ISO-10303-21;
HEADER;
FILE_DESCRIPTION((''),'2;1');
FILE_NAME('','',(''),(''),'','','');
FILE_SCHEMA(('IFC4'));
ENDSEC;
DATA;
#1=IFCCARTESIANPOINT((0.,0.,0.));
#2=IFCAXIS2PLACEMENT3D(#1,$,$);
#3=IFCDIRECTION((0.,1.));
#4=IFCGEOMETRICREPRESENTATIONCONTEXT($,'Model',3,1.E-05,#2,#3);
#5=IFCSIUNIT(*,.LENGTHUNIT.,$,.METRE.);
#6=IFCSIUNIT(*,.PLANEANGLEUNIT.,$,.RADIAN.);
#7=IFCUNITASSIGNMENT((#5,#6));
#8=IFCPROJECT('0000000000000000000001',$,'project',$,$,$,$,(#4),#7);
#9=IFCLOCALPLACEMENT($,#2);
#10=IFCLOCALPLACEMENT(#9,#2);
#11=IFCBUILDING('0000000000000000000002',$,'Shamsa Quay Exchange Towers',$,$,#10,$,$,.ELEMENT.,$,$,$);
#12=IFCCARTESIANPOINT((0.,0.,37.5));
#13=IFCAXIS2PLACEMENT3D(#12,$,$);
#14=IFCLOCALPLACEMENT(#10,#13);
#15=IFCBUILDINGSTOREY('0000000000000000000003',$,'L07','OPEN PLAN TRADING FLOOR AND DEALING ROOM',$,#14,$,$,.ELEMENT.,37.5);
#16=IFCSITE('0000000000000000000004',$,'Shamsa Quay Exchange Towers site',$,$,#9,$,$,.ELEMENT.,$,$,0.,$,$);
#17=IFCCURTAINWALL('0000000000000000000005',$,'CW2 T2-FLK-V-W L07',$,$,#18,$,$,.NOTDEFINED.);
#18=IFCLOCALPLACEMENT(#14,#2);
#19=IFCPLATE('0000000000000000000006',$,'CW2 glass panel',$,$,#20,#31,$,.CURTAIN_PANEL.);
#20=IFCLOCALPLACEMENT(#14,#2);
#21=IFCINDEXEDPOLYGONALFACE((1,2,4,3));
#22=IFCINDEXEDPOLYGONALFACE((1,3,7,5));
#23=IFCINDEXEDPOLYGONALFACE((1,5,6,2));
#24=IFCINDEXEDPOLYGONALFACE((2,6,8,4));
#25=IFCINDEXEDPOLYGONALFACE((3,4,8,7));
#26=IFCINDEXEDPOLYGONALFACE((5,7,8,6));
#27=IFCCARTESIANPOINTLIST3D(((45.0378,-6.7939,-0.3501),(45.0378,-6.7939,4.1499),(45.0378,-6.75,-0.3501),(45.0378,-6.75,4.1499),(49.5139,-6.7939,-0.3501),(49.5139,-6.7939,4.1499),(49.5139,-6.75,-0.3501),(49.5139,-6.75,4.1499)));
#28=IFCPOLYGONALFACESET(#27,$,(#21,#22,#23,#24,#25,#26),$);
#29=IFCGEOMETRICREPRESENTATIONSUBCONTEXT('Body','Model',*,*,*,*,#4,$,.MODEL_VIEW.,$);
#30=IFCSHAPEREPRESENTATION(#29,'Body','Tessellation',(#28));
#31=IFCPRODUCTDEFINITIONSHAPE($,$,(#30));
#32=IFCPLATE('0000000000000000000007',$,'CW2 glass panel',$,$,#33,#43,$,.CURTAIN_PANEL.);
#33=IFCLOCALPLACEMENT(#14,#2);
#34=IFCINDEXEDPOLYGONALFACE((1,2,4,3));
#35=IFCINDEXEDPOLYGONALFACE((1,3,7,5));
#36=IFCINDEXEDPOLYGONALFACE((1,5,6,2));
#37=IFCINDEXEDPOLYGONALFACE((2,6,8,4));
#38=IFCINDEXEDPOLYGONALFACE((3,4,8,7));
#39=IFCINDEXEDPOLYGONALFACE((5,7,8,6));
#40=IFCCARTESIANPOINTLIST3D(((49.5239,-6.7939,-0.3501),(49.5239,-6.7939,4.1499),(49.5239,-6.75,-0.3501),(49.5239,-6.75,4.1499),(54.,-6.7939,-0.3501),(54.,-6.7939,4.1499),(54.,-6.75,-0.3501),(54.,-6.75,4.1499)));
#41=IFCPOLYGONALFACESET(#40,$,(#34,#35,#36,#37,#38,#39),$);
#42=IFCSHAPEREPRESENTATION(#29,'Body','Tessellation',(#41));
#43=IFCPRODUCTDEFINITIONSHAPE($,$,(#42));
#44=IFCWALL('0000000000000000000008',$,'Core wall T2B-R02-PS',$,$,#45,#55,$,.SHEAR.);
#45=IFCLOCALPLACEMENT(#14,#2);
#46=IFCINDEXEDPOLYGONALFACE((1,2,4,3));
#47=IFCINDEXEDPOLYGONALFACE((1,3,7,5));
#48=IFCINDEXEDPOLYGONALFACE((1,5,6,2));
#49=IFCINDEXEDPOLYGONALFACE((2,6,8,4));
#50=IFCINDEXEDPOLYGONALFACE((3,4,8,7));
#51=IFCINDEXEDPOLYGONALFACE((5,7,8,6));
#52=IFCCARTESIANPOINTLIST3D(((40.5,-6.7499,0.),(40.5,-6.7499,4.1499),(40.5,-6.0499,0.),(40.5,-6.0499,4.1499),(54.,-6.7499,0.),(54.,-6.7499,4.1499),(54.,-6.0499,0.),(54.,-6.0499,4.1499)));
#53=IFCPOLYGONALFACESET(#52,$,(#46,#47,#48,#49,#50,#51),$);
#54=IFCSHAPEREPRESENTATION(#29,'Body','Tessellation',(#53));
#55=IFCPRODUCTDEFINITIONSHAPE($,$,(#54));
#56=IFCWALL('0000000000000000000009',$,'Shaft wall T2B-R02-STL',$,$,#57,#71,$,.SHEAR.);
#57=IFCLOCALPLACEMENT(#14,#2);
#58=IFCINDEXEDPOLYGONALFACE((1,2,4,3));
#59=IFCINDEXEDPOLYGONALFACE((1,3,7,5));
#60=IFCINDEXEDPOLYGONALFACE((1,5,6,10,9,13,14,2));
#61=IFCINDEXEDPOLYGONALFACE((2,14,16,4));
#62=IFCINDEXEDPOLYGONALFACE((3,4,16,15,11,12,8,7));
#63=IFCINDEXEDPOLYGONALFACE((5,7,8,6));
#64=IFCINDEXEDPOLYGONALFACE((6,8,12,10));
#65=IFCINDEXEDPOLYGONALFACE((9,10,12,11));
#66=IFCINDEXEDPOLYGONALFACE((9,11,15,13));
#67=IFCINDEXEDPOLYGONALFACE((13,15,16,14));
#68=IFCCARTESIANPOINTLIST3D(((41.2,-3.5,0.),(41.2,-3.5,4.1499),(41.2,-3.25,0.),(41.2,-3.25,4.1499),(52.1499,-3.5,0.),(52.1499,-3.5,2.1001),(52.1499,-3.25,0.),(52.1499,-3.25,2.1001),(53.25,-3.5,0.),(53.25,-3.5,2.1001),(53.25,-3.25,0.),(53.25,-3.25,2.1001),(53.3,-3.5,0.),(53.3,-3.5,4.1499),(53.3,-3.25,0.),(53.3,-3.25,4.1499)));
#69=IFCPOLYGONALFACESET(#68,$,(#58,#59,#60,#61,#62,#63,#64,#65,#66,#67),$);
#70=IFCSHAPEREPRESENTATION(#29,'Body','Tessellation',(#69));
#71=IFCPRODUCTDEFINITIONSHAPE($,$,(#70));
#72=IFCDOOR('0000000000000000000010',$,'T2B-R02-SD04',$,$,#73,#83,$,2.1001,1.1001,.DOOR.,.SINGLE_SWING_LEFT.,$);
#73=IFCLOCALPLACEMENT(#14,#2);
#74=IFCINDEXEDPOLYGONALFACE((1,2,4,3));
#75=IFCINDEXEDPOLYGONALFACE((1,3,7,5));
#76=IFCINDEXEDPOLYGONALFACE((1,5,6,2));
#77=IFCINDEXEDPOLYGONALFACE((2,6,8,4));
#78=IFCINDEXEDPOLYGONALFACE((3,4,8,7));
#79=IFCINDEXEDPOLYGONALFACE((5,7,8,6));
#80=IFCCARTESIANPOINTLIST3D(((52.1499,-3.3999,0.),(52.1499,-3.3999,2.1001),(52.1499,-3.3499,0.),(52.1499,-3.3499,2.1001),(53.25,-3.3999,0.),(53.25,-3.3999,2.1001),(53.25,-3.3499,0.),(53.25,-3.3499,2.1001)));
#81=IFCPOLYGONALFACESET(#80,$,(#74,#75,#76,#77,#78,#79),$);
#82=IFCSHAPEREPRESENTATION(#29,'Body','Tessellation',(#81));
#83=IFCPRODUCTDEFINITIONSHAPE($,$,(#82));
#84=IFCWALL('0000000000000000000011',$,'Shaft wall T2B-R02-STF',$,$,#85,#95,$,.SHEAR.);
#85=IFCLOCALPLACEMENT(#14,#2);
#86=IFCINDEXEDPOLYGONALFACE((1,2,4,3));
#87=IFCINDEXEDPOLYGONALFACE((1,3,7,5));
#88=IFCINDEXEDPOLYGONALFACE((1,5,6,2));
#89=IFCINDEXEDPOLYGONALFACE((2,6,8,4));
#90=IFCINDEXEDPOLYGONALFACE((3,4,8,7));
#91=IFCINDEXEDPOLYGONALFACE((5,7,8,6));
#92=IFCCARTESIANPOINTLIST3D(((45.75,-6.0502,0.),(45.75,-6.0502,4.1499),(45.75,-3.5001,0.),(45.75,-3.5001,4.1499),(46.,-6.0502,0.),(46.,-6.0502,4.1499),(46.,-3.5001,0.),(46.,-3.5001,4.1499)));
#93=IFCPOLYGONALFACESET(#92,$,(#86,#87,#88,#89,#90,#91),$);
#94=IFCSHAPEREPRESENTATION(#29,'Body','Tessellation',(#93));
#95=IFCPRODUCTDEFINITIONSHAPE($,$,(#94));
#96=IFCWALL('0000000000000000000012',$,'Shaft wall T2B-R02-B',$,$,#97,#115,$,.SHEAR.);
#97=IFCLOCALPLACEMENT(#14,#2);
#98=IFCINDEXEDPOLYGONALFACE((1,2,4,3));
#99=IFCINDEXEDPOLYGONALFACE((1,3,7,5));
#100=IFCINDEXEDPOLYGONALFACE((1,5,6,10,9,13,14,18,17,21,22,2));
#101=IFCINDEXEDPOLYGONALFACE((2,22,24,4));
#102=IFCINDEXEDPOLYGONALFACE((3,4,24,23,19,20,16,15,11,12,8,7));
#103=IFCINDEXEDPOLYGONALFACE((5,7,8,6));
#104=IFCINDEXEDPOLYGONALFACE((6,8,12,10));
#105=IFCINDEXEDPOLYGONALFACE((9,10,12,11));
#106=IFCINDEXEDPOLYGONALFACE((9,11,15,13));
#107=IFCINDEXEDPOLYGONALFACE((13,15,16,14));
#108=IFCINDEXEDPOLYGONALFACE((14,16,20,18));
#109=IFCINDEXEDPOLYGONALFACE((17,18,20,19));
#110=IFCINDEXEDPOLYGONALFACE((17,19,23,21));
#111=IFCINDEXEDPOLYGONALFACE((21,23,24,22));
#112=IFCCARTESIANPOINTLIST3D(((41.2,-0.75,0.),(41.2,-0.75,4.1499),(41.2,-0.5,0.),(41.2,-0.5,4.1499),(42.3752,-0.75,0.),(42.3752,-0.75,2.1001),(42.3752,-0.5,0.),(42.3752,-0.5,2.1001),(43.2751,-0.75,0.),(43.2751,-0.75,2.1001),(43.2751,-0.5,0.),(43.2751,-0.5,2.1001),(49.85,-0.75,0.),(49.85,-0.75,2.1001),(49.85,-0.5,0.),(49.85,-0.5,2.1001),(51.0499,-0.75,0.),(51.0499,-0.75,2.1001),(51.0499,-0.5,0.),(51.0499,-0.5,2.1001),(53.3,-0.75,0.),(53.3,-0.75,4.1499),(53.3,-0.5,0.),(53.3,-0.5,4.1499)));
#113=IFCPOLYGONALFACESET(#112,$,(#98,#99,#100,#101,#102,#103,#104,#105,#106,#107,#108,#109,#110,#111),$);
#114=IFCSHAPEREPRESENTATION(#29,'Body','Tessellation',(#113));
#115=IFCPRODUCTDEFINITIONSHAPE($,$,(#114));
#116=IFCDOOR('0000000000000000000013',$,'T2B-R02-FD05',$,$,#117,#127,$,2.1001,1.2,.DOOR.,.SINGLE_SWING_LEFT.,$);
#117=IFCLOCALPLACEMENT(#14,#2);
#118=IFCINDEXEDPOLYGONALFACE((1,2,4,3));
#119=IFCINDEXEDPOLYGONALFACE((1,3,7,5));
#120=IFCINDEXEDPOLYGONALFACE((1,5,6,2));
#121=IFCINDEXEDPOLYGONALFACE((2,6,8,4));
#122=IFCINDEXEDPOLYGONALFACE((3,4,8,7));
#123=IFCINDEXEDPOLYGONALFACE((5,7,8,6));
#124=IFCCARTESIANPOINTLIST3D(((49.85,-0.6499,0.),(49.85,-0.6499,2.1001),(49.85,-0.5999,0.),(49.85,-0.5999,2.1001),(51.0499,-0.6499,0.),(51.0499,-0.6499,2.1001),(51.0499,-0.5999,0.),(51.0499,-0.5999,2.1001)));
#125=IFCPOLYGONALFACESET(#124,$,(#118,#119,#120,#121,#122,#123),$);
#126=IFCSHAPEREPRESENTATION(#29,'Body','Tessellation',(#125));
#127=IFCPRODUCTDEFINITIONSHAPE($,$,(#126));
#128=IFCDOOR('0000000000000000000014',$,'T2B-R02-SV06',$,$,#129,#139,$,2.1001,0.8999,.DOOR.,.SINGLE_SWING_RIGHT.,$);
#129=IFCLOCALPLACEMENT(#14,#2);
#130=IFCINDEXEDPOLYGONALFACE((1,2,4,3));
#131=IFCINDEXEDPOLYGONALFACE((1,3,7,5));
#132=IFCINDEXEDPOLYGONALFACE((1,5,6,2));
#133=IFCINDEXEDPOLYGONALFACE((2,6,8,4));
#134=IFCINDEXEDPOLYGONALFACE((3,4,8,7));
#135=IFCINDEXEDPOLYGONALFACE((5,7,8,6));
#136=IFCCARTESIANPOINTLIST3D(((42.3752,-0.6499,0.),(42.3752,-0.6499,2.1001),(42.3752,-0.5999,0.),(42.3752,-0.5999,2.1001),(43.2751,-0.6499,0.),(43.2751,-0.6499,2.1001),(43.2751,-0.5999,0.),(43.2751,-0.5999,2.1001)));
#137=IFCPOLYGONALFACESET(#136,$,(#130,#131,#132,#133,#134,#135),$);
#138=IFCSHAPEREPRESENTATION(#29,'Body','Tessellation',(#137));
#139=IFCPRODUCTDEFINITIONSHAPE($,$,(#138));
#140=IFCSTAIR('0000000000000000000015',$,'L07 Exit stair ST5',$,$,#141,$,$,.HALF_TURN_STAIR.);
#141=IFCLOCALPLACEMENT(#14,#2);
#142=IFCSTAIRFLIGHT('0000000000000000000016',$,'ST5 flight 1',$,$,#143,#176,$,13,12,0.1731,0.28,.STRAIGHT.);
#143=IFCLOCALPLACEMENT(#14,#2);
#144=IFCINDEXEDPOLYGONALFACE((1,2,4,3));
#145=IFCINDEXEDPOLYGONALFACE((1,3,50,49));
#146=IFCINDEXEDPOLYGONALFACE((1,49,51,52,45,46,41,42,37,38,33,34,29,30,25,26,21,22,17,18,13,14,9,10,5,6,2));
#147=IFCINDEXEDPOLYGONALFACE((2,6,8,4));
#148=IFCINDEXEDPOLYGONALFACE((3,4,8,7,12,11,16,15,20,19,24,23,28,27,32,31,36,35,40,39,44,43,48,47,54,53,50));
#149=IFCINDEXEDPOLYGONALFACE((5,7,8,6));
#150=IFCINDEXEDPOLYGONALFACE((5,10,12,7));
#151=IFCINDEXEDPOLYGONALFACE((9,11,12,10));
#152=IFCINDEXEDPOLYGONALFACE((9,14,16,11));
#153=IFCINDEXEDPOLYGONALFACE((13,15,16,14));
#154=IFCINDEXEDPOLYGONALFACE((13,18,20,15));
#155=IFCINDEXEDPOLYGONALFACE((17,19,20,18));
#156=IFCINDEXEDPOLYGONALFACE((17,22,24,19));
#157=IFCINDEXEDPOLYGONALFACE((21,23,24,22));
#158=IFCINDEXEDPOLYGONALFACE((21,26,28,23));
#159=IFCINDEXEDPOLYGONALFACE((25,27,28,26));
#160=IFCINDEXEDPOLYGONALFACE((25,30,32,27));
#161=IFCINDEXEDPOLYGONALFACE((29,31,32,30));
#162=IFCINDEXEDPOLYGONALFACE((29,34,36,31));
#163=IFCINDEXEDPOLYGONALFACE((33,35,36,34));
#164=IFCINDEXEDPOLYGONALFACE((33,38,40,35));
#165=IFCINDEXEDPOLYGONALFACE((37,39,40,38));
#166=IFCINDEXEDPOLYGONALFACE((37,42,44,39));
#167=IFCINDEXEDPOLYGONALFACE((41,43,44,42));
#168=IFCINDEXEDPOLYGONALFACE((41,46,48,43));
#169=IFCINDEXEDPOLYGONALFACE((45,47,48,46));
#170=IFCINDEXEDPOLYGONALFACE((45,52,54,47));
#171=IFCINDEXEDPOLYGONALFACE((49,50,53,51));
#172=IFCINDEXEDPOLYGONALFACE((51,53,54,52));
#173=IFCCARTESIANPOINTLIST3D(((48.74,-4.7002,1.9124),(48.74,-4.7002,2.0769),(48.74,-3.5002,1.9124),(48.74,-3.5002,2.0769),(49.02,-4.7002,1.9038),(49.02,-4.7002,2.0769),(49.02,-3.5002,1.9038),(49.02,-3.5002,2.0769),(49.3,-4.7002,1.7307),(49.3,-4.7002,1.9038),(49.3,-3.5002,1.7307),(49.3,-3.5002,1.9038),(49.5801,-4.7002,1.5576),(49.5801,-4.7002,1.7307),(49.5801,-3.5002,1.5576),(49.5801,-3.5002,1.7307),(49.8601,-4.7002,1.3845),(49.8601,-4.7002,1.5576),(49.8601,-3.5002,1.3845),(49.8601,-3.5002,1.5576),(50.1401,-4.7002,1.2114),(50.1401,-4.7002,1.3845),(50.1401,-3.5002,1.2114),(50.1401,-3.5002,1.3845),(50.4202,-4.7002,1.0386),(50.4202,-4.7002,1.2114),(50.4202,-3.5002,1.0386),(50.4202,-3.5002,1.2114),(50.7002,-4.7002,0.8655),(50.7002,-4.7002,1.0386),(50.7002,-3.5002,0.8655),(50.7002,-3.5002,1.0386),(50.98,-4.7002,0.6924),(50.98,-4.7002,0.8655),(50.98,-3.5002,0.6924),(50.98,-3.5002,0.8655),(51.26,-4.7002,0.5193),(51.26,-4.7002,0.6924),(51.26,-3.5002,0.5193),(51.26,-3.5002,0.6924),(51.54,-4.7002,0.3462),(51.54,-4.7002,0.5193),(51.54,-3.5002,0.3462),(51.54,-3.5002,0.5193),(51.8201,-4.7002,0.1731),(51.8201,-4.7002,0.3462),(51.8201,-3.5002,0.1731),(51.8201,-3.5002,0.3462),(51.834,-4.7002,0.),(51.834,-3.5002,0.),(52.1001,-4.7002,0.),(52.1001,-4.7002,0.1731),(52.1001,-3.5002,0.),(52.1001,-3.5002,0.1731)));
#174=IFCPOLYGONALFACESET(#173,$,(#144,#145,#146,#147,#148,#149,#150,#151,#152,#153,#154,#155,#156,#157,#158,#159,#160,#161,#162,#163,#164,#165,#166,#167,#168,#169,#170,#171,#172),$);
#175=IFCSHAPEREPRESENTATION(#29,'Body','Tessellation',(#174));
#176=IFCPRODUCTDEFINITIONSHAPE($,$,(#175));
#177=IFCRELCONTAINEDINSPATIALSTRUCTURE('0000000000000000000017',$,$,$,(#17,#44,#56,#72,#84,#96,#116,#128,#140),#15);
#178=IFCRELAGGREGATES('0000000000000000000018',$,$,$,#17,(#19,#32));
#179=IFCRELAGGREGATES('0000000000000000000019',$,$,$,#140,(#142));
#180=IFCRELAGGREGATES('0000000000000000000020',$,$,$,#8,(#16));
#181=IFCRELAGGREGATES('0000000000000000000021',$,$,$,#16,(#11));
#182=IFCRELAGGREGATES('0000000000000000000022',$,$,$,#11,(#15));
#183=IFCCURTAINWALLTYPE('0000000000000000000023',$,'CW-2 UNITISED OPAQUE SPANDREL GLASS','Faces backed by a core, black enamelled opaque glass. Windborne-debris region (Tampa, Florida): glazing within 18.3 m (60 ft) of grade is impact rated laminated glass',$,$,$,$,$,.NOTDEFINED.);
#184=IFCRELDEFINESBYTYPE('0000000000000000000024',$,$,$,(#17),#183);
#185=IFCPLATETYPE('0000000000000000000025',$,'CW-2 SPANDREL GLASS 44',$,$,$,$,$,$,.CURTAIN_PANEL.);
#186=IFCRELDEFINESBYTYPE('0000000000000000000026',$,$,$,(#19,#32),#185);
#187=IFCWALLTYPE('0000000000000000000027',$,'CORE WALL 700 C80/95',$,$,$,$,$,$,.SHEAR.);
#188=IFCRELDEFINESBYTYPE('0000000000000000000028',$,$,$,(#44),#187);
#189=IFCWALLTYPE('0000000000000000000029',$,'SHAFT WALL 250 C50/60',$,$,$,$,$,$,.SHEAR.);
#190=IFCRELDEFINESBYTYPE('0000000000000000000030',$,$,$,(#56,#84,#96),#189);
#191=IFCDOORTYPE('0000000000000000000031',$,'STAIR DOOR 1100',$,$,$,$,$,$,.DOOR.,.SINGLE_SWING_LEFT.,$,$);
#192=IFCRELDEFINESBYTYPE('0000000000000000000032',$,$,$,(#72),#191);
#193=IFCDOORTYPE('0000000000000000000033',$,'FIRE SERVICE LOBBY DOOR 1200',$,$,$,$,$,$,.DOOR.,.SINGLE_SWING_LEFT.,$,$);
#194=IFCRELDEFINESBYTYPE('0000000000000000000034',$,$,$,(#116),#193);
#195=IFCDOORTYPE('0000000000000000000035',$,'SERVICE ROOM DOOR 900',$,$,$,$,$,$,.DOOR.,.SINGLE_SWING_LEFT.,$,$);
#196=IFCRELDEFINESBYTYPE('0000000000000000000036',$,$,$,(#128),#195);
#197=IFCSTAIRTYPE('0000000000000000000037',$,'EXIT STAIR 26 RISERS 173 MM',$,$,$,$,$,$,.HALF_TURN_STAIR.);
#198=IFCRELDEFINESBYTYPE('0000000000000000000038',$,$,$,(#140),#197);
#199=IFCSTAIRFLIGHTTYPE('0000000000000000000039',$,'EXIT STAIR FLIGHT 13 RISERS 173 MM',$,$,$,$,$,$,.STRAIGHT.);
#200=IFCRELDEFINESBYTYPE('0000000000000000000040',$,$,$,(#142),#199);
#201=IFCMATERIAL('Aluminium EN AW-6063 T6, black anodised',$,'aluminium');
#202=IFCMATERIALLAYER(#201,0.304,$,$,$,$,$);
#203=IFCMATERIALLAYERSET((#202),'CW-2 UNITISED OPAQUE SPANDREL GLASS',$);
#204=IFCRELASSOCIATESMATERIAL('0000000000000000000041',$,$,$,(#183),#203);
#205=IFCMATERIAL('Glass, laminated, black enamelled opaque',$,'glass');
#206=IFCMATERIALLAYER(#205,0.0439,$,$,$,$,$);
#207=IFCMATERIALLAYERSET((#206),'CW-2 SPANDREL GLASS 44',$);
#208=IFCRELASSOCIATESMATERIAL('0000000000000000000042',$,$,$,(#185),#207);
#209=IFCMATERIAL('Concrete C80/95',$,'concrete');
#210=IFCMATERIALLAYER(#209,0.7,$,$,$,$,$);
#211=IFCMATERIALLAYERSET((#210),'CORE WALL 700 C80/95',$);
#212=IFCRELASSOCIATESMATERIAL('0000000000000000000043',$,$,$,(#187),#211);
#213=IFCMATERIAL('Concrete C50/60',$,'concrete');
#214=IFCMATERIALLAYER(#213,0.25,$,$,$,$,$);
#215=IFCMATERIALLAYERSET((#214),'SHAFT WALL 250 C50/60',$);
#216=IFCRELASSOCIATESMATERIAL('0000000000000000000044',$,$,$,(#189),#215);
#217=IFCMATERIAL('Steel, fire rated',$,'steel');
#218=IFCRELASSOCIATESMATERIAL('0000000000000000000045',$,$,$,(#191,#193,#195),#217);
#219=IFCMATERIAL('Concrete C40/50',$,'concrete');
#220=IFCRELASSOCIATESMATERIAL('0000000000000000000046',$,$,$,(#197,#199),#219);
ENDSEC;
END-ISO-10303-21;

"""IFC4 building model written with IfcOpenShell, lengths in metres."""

from ifc_helpers import new_model, si_unit, direction, frame, frame_2d, origin, origin_2d, place, context, subcontext, project, spatial, polyline, rectangle, outline, extrude, material, layer, layer_set, type_object, element, fill, aggregate, save


model = new_model("IFC4")

# Units and contexts
model_context = context("Model", 3, precision=1e-05, world=origin(), true_north=direction((0.0, 1.0)))
body_context = subcontext(model_context, "Body", "Model", "MODEL_VIEW")
ifc_project = project(units=[si_unit("LENGTHUNIT", "METRE"), si_unit("PLANEANGLEUNIT", "RADIAN")], contexts=[model_context])

# Site, building, storey
site_placement = place(None, origin())
site = spatial("IfcSite", under=ifc_project, at=site_placement, Name="Shamsa Quay Exchange Towers site", CompositionType="ELEMENT", RefElevation=0.0)
building_placement = place(site_placement, origin())
building = spatial("IfcBuilding", under=site, at=building_placement, Name="Shamsa Quay Exchange Towers", CompositionType="ELEMENT")
storey_placement = place(building_placement, frame((0.0, 0.0, 37.5)))
storey = spatial("IfcBuildingStorey", under=building, at=storey_placement, Name="L07", Description="OPEN PLAN TRADING FLOOR AND DEALING ROOM", CompositionType="ELEMENT", Elevation=37.5)

# Curtain wall, plates
ifc_material_1 = material(Name="Aluminium EN AW-6063 T6, black anodised", Category="aluminium")
ifc_layer_1 = layer(ifc_material_1, 0.304)
ifc_layer_set_1 = layer_set([ifc_layer_1], Name="CW-2 UNITISED OPAQUE SPANDREL GLASS")
curtain_wall_type = type_object("IfcCurtainWallType", Name="CW-2 UNITISED OPAQUE SPANDREL GLASS", Description="Faces backed by a core, black enamelled opaque glass. Windborne-debris region (Tampa, Florida): glazing within 18.3 m (60 ft) of grade is impact rated laminated glass", PredefinedType="NOTDEFINED", material=ifc_layer_set_1)
curtain_wall_placement = place(storey_placement, origin())
curtain_wall = element("IfcCurtainWall", 1, at=curtain_wall_placement, inside=storey, type_object=curtain_wall_type, Name="CW2 T2-FLK-V-W L07", PredefinedType="NOTDEFINED")
ifc_material_2 = material(Name="Glass, laminated, black enamelled opaque", Category="glass")
ifc_layer_2 = layer(ifc_material_2, 0.0439)
ifc_layer_set_2 = layer_set([ifc_layer_2], Name="CW-2 SPANDREL GLASS 44")
plate_type = type_object("IfcPlateType", Name="CW-2 SPANDREL GLASS 44", PredefinedType="CURTAIN_PANEL", material=ifc_layer_set_2)
plate_1_placement = place(storey_placement, frame((47.2759, -6.772, -0.3501)))
plate_1 = element("IfcPlate", 2, at=plate_1_placement, type_object=plate_type, Name="CW2 glass panel", PredefinedType="CURTAIN_PANEL", context=body_context, shape_type="SweptSolid", body=[
    extrude(rectangle(XDim=4.4761, YDim=0.0439, at=origin_2d()), origin(), (0.0, 0.0, 1.0), 4.5),
])
plate_2_placement = place(storey_placement, frame((51.762, -6.772, -0.3501)))
plate_2 = element("IfcPlate", 3, at=plate_2_placement, type_object=plate_type, Name="CW2 glass panel", PredefinedType="CURTAIN_PANEL", context=body_context, shape_type="SweptSolid", body=[
    extrude(rectangle(XDim=4.4761, YDim=0.0439, at=origin_2d()), origin(), (0.0, 0.0, 1.0), 4.5),
])
aggregate(curtain_wall, [plate_1, plate_2])

# Wall
ifc_material_3 = material(Name="Concrete C80/95", Category="concrete")
ifc_layer_3 = layer(ifc_material_3, 0.7)
ifc_layer_set_3 = layer_set([ifc_layer_3], Name="CORE WALL 700 C80/95")
wall_type_1 = type_object("IfcWallType", Name="CORE WALL 700 C80/95", PredefinedType="SHEAR", material=ifc_layer_set_3)
wall_1_placement = place(storey_placement, frame((54.0, -6.3999, 0.0), z_axis=(0.0, 0.0, 1.0), x_axis=(-1.0, 0.0, 0.0)))
element("IfcWall", 4, at=wall_1_placement, inside=storey, type_object=wall_type_1, Name="Core wall T2B-R02-PS", PredefinedType="SHEAR", context=body_context, shape_type="SweptSolid", body=[
    extrude(rectangle(XDim=13.5, YDim=0.7, at=frame_2d((6.75, 0.0))), origin(), (0.0, 0.0, 1.0), 4.1499),
])

# Wall, opening, door
ifc_material_4 = material(Name="Steel, fire rated", Category="steel")
ifc_material_5 = material(Name="Concrete C50/60", Category="concrete")
ifc_layer_4 = layer(ifc_material_5, 0.25)
ifc_layer_set_4 = layer_set([ifc_layer_4], Name="SHAFT WALL 250 C50/60")
wall_type_2 = type_object("IfcWallType", Name="SHAFT WALL 250 C50/60", PredefinedType="SHEAR", material=ifc_layer_set_4)
wall_2_placement = place(storey_placement, frame((53.3, -3.375, 0.0), z_axis=(0.0, 0.0, 1.0), x_axis=(-1.0, 0.0, 0.0)))
wall_2 = element("IfcWall", 5, at=wall_2_placement, inside=storey, type_object=wall_type_2, Name="Shaft wall T2B-R02-STL", PredefinedType="SHEAR", context=body_context, shape_type="SweptSolid", body=[
    extrude(rectangle(XDim=12.1001, YDim=0.25, at=frame_2d((6.05, 0.0))), origin(), (0.0, 0.0, 1.0), 4.1499),
])
opening_1_placement = place(wall_2_placement, frame((0.05, 0.0, 0.0)))
opening_1 = element("IfcOpeningElement", 6, at=opening_1_placement, cuts=wall_2, PredefinedType="OPENING", context=body_context, shape_type="SweptSolid", body=[
    extrude(rectangle(XDim=1.1001, YDim=2.1001, at=frame_2d((0.55, 1.05))), frame((0.0, 0.135, 0.0), z_axis=(0.0, -1.0, 0.0), x_axis=(1.0, 0.0, 0.0)), (0.0, 0.0, 1.0), 0.27),
])
door_type_1 = type_object("IfcDoorType", Name="STAIR DOOR 1100", OperationType="SINGLE_SWING_LEFT", PredefinedType="DOOR", material=ifc_material_4)
door_1_placement = place(opening_1_placement, origin())
door_1 = element("IfcDoor", 7, at=door_1_placement, inside=storey, type_object=door_type_1, Name="T2B-R02-SD04", OperationType="SINGLE_SWING_LEFT", OverallHeight=2.1001, OverallWidth=1.1001, PredefinedType="DOOR", context=body_context, shape_type="SweptSolid", body=[
    extrude(rectangle(XDim=1.1001, YDim=2.1001, at=frame_2d((0.55, 1.05))), frame((0.0, 0.0249, 0.0), z_axis=(0.0, -1.0, 0.0), x_axis=(1.0, 0.0, 0.0)), (0.0, 0.0, 1.0), 0.05),
])
fill(opening_1, door_1)

# Wall
wall_3_placement = place(storey_placement, frame((45.875, -6.05, 0.0), z_axis=(0.0, 0.0, 1.0), x_axis=(0.0, 1.0, 0.0)))
element("IfcWall", 8, at=wall_3_placement, inside=storey, type_object=wall_type_2, Name="Shaft wall T2B-R02-STF", PredefinedType="SHEAR", context=body_context, shape_type="SweptSolid", body=[
    extrude(rectangle(XDim=2.55, YDim=0.25, at=frame_2d((1.2749, 0.0))), origin(), (0.0, 0.0, 1.0), 4.1499),
])

# Wall, openings, doors
wall_4_placement = place(storey_placement, frame((53.3, -0.625, 0.0), z_axis=(0.0, 0.0, 1.0), x_axis=(-1.0, 0.0, 0.0)))
wall_4 = element("IfcWall", 9, at=wall_4_placement, inside=storey, type_object=wall_type_2, Name="Shaft wall T2B-R02-B", PredefinedType="SHEAR", context=body_context, shape_type="SweptSolid", body=[
    extrude(rectangle(XDim=12.1001, YDim=0.25, at=frame_2d((6.05, 0.0))), origin(), (0.0, 0.0, 1.0), 4.1499),
])
opening_2_placement = place(wall_4_placement, frame((2.25, 0.0, 0.0)))
opening_2 = element("IfcOpeningElement", 10, at=opening_2_placement, cuts=wall_4, PredefinedType="OPENING", context=body_context, shape_type="SweptSolid", body=[
    extrude(rectangle(XDim=1.2, YDim=2.1001, at=frame_2d((0.6001, 1.05))), frame((0.0, 0.135, 0.0), z_axis=(0.0, -1.0, 0.0), x_axis=(1.0, 0.0, 0.0)), (0.0, 0.0, 1.0), 0.27),
])
opening_3_placement = place(wall_4_placement, frame((10.0249, 0.0, 0.0)))
opening_3 = element("IfcOpeningElement", 11, at=opening_3_placement, cuts=wall_4, PredefinedType="OPENING", context=body_context, shape_type="SweptSolid", body=[
    extrude(rectangle(XDim=0.8999, YDim=2.1001, at=frame_2d((0.45, 1.05))), frame((0.0, 0.135, 0.0), z_axis=(0.0, -1.0, 0.0), x_axis=(1.0, 0.0, 0.0)), (0.0, 0.0, 1.0), 0.27),
])
door_type_2 = type_object("IfcDoorType", Name="FIRE SERVICE LOBBY DOOR 1200", OperationType="SINGLE_SWING_LEFT", PredefinedType="DOOR", material=ifc_material_4)
door_2_placement = place(opening_2_placement, origin())
door_2 = element("IfcDoor", 12, at=door_2_placement, inside=storey, type_object=door_type_2, Name="T2B-R02-FD05", OperationType="SINGLE_SWING_LEFT", OverallHeight=2.1001, OverallWidth=1.2, PredefinedType="DOOR", context=body_context, shape_type="SweptSolid", body=[
    extrude(rectangle(XDim=1.2, YDim=2.1001, at=frame_2d((0.6001, 1.05))), frame((0.0, 0.0249, 0.0), z_axis=(0.0, -1.0, 0.0), x_axis=(1.0, 0.0, 0.0)), (0.0, 0.0, 1.0), 0.05),
])
fill(opening_2, door_2)
door_type_3 = type_object("IfcDoorType", Name="SERVICE ROOM DOOR 900", OperationType="SINGLE_SWING_LEFT", PredefinedType="DOOR", material=ifc_material_4)
door_3_placement = place(opening_3_placement, origin())
door_3 = element("IfcDoor", 13, at=door_3_placement, inside=storey, type_object=door_type_3, Name="T2B-R02-SV06", OperationType="SINGLE_SWING_RIGHT", OverallHeight=2.1001, OverallWidth=0.8999, PredefinedType="DOOR", context=body_context, shape_type="SweptSolid", body=[
    extrude(rectangle(XDim=0.8999, YDim=2.1001, at=frame_2d((0.45, 1.05))), frame((0.0, 0.0249, 0.0), z_axis=(0.0, -1.0, 0.0), x_axis=(1.0, 0.0, 0.0)), (0.0, 0.0, 1.0), 0.05),
])
fill(opening_3, door_3)

# Stair, stair flight
ifc_material_6 = material(Name="Concrete C40/50", Category="concrete")
stair_type = type_object("IfcStairType", Name="EXIT STAIR 26 RISERS 173 MM", PredefinedType="HALF_TURN_STAIR", material=ifc_material_6)
stair_placement = place(storey_placement, origin())
stair = element("IfcStair", 14, at=stair_placement, inside=storey, type_object=stair_type, Name="L07 Exit stair ST5", PredefinedType="HALF_TURN_STAIR")
stair_flight_type = type_object("IfcStairFlightType", Name="EXIT STAIR FLIGHT 13 RISERS 173 MM", PredefinedType="STRAIGHT", material=ifc_material_6)
stair_flight_1_placement = place(storey_placement, frame((52.1001, -4.1001, 0.0), z_axis=(0.0, 0.0, 1.0), x_axis=(-1.0, 0.0, 0.0)))
stair_flight_1 = element("IfcStairFlight", 15, at=stair_flight_1_placement, type_object=stair_flight_type, Name="ST5 flight 1", NumberOfRisers=13, NumberOfTreads=12, PredefinedType="STRAIGHT", RiserHeight=0.1731, TreadLength=0.28, context=body_context, shape_type="SweptSolid", body=[
    extrude(outline(polyline([(0.0, 0.0), (0.0, 0.1731), (0.28, 0.1731), (0.28, 0.3462), (0.5601, 0.3462), (0.5601, 0.5193), (0.8401, 0.5193), (0.8401, 0.6924), (1.1201, 0.6924), (1.1201, 0.8655), (1.3999, 0.8655), (1.3999, 1.0386), (1.6799, 1.0386), (1.6799, 1.2114), (1.96, 1.2114), (1.96, 1.3845), (2.24, 1.3845), (2.24, 1.5576), (2.52, 1.5576), (2.52, 1.7307), (2.8, 1.7307), (2.8, 1.9038), (3.0801, 1.9038), (3.0801, 2.0769), (3.3601, 2.0769), (3.3601, 2.25), (3.3601, 1.9124), (0.2661, 0.0), (0.0, 0.0)])), frame((0.0, 0.6001, 0.0), z_axis=(0.0, -1.0, 0.0), x_axis=(1.0, 0.0, 0.0)), (0.0, 0.0, 1.0), 1.2),
])
aggregate(stair, [stair_flight_1])

save(model, "model.ifc")
